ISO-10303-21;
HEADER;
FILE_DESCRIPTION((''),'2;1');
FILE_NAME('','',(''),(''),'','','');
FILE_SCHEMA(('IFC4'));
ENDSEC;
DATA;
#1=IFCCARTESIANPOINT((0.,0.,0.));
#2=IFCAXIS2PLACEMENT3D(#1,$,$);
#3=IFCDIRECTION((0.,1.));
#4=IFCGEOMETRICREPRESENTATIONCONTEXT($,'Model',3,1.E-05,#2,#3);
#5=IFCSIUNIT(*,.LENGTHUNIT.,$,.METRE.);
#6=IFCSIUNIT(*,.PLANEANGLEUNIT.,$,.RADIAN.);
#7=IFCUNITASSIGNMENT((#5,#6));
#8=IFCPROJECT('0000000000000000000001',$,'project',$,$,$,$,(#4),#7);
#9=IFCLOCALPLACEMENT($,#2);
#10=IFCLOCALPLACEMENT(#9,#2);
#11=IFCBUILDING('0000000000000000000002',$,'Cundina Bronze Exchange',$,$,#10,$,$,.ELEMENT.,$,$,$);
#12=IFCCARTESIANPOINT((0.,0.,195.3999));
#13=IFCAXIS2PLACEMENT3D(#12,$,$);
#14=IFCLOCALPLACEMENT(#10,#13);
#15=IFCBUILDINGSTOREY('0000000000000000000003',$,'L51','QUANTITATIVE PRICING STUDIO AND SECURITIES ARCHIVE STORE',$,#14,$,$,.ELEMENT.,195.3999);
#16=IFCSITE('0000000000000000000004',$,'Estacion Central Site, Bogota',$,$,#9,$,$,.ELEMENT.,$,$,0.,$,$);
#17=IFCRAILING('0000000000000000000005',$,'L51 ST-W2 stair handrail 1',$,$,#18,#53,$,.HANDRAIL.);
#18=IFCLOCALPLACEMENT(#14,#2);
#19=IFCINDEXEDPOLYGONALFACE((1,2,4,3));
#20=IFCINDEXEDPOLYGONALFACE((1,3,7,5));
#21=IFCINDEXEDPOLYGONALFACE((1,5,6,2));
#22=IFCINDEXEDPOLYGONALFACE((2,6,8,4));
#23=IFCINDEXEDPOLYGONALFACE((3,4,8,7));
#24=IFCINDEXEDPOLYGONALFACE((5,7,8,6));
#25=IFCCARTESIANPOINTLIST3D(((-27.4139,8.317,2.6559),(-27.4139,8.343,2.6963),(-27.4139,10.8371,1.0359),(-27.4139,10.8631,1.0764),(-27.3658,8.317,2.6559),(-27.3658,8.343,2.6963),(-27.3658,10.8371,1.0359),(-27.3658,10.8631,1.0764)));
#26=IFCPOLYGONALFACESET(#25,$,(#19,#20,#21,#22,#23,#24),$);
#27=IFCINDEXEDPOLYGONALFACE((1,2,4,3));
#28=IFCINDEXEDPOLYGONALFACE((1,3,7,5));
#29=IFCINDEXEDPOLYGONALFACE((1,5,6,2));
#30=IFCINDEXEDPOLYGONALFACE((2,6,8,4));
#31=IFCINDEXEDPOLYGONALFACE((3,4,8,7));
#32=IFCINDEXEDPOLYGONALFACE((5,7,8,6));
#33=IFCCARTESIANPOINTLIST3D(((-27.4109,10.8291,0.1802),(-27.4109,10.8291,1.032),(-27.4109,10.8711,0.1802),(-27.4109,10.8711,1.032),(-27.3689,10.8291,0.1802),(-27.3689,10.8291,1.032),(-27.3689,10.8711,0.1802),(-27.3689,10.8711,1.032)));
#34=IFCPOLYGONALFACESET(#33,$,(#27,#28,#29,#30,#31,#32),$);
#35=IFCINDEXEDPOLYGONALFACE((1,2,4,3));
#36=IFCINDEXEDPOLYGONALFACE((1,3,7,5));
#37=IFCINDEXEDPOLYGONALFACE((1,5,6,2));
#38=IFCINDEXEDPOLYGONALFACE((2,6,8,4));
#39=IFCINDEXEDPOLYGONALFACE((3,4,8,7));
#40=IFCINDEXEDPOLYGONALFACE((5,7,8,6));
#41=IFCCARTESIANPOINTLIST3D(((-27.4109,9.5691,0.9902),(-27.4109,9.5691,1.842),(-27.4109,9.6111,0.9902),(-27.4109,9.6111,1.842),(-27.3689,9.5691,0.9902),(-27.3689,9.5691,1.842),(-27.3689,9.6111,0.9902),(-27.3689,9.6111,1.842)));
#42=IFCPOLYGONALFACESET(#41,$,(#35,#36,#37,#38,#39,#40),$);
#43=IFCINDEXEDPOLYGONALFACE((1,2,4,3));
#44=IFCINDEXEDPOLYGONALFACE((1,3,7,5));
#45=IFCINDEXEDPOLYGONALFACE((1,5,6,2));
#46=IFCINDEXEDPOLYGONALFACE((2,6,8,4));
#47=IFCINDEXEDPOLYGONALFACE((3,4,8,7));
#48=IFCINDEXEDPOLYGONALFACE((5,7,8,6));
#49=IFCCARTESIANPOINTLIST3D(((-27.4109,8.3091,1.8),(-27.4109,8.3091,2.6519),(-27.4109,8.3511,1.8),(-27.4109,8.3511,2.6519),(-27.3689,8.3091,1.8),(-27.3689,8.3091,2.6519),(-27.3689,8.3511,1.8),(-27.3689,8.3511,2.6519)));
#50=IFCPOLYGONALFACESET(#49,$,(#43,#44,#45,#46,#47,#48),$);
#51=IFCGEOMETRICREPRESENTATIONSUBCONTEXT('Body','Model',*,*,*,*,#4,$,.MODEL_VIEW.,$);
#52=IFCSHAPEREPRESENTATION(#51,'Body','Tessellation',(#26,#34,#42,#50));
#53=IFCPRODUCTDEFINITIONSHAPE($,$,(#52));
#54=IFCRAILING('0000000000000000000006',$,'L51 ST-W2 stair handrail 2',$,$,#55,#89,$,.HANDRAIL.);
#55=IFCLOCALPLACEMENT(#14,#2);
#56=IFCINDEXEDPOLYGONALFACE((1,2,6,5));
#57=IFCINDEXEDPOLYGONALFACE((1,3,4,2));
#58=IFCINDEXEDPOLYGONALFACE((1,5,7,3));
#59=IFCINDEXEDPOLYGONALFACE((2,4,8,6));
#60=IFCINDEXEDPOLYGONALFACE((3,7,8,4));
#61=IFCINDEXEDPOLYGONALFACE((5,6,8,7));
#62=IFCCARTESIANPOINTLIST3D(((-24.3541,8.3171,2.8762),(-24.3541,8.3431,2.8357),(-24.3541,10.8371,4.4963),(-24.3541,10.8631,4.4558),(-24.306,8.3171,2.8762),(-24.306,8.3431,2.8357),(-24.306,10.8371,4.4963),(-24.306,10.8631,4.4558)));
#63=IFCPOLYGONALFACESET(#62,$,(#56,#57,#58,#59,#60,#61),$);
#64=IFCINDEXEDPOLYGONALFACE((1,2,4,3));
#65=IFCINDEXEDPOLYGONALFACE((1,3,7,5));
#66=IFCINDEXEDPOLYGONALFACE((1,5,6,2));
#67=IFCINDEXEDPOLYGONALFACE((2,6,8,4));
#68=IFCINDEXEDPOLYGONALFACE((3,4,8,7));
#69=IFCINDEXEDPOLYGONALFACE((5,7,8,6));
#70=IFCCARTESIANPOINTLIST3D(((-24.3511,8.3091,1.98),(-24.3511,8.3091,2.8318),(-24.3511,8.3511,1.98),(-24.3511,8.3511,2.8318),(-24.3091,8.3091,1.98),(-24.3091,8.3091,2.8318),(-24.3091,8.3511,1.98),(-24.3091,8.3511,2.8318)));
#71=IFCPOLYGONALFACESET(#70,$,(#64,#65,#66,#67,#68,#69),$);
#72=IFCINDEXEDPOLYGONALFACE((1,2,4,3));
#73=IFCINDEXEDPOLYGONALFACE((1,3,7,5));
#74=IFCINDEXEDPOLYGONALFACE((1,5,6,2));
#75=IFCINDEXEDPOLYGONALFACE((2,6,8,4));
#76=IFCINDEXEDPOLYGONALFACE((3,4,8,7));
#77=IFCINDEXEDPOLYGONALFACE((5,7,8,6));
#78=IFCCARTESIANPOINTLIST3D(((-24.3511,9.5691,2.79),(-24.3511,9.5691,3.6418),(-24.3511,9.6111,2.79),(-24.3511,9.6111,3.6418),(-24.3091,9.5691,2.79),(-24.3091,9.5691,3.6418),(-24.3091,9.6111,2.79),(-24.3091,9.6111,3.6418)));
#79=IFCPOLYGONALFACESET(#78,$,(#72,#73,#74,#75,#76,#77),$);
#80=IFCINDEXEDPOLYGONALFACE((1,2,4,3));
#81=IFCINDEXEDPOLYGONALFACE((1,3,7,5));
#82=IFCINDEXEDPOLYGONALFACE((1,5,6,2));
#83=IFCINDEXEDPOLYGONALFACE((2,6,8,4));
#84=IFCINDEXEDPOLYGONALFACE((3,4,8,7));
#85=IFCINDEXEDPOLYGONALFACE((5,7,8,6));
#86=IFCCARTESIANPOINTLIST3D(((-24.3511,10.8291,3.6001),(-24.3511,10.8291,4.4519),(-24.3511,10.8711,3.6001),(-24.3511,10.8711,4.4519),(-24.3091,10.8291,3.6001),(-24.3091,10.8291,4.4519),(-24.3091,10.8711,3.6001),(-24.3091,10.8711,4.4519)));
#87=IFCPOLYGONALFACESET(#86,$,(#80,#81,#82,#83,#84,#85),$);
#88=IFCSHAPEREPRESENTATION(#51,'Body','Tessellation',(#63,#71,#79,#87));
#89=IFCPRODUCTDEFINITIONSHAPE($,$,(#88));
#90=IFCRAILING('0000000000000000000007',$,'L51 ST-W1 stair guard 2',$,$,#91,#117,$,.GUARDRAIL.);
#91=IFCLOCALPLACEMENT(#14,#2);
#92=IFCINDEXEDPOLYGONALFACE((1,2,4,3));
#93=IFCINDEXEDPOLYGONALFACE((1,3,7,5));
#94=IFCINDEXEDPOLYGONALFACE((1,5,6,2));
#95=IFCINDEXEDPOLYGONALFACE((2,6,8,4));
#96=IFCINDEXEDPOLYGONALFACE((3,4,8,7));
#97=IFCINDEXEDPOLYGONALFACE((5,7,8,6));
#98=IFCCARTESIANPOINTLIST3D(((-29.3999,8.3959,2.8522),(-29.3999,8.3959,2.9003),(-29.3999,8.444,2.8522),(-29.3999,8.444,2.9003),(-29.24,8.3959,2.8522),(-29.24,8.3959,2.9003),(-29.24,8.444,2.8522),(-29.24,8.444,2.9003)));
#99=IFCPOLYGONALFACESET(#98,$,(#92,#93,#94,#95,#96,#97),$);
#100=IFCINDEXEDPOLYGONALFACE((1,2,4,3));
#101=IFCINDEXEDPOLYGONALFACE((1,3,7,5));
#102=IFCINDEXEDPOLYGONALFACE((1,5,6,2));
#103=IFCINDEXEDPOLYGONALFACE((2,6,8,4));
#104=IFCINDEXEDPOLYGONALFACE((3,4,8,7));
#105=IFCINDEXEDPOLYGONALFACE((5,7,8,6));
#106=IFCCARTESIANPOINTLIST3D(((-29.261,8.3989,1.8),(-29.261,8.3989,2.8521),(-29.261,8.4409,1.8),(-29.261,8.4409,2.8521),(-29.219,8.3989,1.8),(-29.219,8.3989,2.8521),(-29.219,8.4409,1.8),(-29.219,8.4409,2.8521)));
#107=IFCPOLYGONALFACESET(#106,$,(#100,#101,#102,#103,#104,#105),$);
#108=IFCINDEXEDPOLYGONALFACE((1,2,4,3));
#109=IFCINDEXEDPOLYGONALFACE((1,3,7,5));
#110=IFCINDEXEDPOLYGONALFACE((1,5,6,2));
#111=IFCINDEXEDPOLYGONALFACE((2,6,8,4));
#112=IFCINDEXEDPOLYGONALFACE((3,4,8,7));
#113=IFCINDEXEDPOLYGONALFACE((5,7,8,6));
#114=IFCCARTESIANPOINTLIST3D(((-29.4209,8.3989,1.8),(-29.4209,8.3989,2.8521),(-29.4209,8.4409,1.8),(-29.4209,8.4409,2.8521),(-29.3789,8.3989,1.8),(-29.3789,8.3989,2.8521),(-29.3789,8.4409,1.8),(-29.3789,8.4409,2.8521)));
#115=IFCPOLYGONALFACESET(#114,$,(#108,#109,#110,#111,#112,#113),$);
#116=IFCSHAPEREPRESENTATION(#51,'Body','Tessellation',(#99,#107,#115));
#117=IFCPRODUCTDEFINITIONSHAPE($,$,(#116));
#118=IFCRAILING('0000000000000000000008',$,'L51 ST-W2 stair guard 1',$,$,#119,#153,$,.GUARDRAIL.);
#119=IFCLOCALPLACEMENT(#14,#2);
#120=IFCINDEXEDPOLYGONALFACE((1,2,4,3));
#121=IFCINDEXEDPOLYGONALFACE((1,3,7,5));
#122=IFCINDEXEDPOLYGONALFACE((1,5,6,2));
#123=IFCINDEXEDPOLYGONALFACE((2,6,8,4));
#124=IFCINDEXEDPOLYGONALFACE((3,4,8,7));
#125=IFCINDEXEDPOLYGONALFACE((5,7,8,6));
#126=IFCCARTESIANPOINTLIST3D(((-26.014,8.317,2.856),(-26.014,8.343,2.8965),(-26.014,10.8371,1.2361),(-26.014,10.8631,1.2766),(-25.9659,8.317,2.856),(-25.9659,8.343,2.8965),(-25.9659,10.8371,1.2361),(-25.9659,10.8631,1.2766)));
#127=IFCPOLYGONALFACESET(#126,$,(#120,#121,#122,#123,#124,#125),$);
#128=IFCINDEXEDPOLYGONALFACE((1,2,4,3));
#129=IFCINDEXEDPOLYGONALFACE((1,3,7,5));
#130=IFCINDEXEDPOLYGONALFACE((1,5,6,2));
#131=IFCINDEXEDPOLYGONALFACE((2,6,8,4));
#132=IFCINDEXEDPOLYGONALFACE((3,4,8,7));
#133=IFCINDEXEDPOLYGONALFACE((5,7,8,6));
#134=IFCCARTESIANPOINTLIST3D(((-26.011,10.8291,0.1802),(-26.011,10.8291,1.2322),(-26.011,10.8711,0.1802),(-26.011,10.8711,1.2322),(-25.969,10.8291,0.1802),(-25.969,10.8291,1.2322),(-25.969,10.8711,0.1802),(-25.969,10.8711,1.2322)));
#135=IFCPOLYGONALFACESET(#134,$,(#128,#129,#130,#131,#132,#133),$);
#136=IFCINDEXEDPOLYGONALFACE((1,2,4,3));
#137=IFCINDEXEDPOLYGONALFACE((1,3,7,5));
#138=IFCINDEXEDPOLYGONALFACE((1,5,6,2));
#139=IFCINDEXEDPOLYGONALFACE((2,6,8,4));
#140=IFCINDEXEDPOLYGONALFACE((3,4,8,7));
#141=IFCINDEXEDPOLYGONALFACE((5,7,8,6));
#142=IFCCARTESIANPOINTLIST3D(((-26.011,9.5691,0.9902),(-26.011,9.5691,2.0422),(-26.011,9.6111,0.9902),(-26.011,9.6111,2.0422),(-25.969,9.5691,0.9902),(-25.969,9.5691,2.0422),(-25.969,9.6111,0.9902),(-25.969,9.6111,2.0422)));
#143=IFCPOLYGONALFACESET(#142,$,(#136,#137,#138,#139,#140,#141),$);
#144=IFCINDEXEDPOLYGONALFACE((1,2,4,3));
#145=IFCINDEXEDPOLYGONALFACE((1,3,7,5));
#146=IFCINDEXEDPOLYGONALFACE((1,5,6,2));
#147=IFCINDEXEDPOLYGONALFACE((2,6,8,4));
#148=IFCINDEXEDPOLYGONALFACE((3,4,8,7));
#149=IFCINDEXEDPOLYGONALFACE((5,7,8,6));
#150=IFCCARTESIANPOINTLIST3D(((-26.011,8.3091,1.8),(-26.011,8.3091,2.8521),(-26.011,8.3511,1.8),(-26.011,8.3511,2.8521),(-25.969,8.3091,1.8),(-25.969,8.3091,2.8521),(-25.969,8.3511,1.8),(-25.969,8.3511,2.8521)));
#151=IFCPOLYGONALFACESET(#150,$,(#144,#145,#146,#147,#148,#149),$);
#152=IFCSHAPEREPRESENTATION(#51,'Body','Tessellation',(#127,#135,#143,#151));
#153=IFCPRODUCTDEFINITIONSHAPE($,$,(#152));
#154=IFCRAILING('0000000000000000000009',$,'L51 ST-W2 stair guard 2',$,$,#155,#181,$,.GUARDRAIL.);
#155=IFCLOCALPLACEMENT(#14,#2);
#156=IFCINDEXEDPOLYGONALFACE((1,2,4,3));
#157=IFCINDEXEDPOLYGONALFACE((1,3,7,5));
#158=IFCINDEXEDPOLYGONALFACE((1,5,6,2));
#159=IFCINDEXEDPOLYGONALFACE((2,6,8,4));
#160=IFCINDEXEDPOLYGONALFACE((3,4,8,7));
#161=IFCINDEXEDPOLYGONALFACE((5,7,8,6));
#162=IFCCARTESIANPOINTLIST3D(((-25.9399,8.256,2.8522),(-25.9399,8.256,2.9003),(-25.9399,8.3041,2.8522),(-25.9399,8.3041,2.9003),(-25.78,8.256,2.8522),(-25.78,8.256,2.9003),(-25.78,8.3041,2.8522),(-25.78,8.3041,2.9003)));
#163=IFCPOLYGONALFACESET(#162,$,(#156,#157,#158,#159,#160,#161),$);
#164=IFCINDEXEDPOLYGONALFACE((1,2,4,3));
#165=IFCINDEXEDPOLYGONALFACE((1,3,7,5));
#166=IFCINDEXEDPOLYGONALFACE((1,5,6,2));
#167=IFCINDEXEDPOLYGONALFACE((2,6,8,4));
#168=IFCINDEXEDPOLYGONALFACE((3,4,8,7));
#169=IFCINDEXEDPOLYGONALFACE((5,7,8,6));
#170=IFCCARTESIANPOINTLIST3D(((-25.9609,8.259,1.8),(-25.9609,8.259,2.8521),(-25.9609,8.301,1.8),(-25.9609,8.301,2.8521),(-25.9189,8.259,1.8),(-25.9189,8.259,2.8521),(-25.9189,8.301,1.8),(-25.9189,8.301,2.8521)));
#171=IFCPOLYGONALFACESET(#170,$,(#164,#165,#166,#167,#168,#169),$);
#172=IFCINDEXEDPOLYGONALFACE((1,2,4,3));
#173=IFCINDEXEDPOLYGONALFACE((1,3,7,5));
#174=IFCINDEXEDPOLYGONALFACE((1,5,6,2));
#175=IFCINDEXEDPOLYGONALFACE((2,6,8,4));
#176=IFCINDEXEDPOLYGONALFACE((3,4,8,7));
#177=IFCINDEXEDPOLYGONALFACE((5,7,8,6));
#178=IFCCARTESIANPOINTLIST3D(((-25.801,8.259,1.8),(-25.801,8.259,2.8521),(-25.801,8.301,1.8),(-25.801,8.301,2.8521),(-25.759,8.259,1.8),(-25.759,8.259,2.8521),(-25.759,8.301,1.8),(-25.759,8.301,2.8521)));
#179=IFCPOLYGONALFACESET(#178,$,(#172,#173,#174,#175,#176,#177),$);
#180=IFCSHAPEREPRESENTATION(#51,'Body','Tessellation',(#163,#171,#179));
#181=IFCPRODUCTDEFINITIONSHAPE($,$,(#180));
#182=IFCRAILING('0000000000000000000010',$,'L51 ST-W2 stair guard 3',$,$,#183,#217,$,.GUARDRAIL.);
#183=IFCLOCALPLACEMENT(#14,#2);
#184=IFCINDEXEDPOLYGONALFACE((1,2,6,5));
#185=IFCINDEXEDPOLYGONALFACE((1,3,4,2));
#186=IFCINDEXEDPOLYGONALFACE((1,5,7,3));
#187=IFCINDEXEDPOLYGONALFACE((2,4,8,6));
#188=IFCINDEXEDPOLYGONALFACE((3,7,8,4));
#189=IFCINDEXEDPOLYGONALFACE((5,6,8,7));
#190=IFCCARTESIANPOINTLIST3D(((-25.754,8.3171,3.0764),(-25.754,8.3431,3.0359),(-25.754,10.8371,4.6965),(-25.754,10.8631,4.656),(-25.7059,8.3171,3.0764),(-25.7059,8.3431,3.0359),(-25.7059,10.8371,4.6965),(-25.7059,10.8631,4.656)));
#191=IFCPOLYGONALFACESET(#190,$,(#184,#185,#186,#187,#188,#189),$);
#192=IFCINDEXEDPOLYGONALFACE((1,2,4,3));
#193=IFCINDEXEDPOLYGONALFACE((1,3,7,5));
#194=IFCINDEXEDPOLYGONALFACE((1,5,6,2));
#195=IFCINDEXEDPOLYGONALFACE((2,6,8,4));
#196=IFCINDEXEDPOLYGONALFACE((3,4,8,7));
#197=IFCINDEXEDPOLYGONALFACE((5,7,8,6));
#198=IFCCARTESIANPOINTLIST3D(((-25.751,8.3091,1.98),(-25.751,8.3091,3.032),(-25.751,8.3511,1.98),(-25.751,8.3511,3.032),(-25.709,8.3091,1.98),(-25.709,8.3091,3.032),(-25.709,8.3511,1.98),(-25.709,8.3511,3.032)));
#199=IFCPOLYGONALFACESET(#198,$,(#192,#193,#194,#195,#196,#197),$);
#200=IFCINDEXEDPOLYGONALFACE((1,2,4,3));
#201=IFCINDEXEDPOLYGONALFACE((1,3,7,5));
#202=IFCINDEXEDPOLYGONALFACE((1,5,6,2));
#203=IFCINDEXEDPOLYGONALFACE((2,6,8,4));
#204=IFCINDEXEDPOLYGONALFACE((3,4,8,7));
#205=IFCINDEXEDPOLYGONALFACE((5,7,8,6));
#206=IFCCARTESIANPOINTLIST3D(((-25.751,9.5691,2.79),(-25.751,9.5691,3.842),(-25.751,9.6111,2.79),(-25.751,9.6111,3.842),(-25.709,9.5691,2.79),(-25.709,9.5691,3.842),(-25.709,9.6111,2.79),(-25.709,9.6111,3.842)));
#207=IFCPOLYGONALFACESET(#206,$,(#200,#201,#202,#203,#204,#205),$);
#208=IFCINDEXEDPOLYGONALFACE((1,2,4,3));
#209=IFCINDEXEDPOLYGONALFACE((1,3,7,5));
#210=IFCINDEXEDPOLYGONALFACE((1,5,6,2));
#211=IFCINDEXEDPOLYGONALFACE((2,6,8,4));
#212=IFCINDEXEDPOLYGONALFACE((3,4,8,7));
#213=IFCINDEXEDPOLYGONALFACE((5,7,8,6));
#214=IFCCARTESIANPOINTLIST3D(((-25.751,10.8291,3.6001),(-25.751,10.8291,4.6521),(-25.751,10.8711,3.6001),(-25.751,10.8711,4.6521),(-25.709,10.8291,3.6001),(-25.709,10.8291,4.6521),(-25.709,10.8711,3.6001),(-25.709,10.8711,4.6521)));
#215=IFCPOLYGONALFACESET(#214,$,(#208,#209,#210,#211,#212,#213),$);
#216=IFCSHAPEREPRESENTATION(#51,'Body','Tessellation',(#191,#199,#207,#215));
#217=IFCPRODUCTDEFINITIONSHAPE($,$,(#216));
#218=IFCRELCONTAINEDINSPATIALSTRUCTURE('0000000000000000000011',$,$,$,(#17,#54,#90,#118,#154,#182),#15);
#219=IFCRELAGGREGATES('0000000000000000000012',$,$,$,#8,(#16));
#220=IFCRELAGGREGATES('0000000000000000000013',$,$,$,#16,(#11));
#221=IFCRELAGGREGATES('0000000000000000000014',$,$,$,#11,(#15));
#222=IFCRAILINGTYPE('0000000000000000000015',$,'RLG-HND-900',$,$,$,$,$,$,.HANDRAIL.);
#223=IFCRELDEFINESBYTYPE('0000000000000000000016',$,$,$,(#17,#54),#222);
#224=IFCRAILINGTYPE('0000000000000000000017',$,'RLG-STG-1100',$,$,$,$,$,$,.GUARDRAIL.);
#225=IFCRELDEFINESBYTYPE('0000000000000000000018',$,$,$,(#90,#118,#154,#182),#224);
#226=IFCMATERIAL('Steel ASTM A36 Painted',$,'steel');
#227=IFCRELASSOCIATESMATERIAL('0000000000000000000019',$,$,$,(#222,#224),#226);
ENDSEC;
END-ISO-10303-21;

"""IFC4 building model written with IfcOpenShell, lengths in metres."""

from ifc_helpers import new_model, si_unit, direction, frame, origin, origin_2d, place, context, subcontext, project, spatial, rectangle, extrude, material, type_object, element, save


model = new_model("IFC4")

# Units and contexts
model_context = context("Model", 3, precision=1e-05, world=origin(), true_north=direction((0.0, 1.0)))
body_context = subcontext(model_context, "Body", "Model", "MODEL_VIEW")
ifc_project = project(units=[si_unit("LENGTHUNIT", "METRE"), si_unit("PLANEANGLEUNIT", "RADIAN")], contexts=[model_context])

# Site, building, storey
site_placement = place(None, origin())
site = spatial("IfcSite", under=ifc_project, at=site_placement, Name="Estacion Central Site, Bogota", CompositionType="ELEMENT", RefElevation=0.0)
building_placement = place(site_placement, origin())
building = spatial("IfcBuilding", under=site, at=building_placement, Name="Cundina Bronze Exchange", CompositionType="ELEMENT")
storey_placement = place(building_placement, frame((0.0, 0.0, 195.3999)))
storey = spatial("IfcBuildingStorey", under=building, at=storey_placement, Name="L51", Description="QUANTITATIVE PRICING STUDIO AND SECURITIES ARCHIVE STORE", CompositionType="ELEMENT", Elevation=195.3999)

# Shared definitions
ifc_material_1 = material(Name="Steel ASTM A36 Painted", Category="steel")

# Railings
railing_type_1 = type_object("IfcRailingType", Name="RLG-HND-900", PredefinedType="HANDRAIL", material=ifc_material_1)
railing_1_placement = place(storey_placement, frame((-27.3899, 10.8501, 0.1802)))
element("IfcRailing", 1, at=railing_1_placement, inside=storey, type_object=railing_type_1, Name="L51 ST-W2 stair handrail 1", PredefinedType="HANDRAIL", context=body_context, shape_type="SweptSolid", body=[
    extrude(rectangle(XDim=0.0481, YDim=0.0481, at=origin_2d()), frame((0.0, 0.0, 0.876), z_axis=(0.0, -0.8412, 0.540725), x_axis=(1.0, 0.0, 0.0)), (0.0, 0.0, 1.0), 2.9958),
    extrude(rectangle(XDim=0.042, YDim=0.042, at=origin_2d()), origin(), (0.0, 0.0, 1.0), 0.8518),
    extrude(rectangle(XDim=0.042, YDim=0.042, at=origin_2d()), frame((0.0, -1.26, 0.8101)), (0.0, 0.0, 1.0), 0.8518),
    extrude(rectangle(XDim=0.042, YDim=0.042, at=origin_2d()), frame((0.0, -2.52, 1.6199)), (0.0, 0.0, 1.0), 0.8518),
])
railing_2_placement = place(storey_placement, frame((-24.3301, 8.3301, 1.98)))
element("IfcRailing", 2, at=railing_2_placement, inside=storey, type_object=railing_type_1, Name="L51 ST-W2 stair handrail 2", PredefinedType="HANDRAIL", context=body_context, shape_type="SweptSolid", body=[
    extrude(rectangle(XDim=0.0481, YDim=0.0481, at=origin_2d()), frame((0.0, 0.0, 0.876), z_axis=(0.0, 0.841163, 0.540782), x_axis=(-1.0, 0.0, 0.0)), (0.0, 0.0, 1.0), 2.9958),
    extrude(rectangle(XDim=0.042, YDim=0.042, at=origin_2d()), origin(), (0.0, 0.0, 1.0), 0.8518),
    extrude(rectangle(XDim=0.042, YDim=0.042, at=origin_2d()), frame((0.0, 1.26, 0.8101)), (0.0, 0.0, 1.0), 0.8518),
    extrude(rectangle(XDim=0.042, YDim=0.042, at=origin_2d()), frame((0.0, 2.52, 1.6201)), (0.0, 0.0, 1.0), 0.8518),
])
railing_type_2 = type_object("IfcRailingType", Name="RLG-STG-1100", PredefinedType="GUARDRAIL", material=ifc_material_1)
railing_3_placement = place(storey_placement, frame((-29.24, 8.4199, 1.8)))
element("IfcRailing", 3, at=railing_3_placement, inside=storey, type_object=railing_type_2, Name="L51 ST-W1 stair guard 2", PredefinedType="GUARDRAIL", context=body_context, shape_type="SweptSolid", body=[
    extrude(rectangle(XDim=0.0481, YDim=0.0481, at=origin_2d()), frame((0.0, 0.0, 1.0762), z_axis=(-1.0, 0.0, 0.0), x_axis=(0.0, -1.0, 0.0)), (0.0, 0.0, 1.0), 0.1599),
    extrude(rectangle(XDim=0.042, YDim=0.042, at=origin_2d()), origin(), (0.0, 0.0, 1.0), 1.052),
    extrude(rectangle(XDim=0.042, YDim=0.042, at=origin_2d()), frame((-0.1599, 0.0, 0.0)), (0.0, 0.0, 1.0), 1.052),
])
railing_4_placement = place(storey_placement, frame((-25.99, 10.8501, 0.1802)))
element("IfcRailing", 4, at=railing_4_placement, inside=storey, type_object=railing_type_2, Name="L51 ST-W2 stair guard 1", PredefinedType="GUARDRAIL", context=body_context, shape_type="SweptSolid", body=[
    extrude(rectangle(XDim=0.0481, YDim=0.0481, at=origin_2d()), frame((0.0, 0.0, 1.0762), z_axis=(0.0, -0.8412, 0.540725), x_axis=(1.0, 0.0, 0.0)), (0.0, 0.0, 1.0), 2.9958),
    extrude(rectangle(XDim=0.042, YDim=0.042, at=origin_2d()), origin(), (0.0, 0.0, 1.0), 1.052),
    extrude(rectangle(XDim=0.042, YDim=0.042, at=origin_2d()), frame((0.0, -1.26, 0.8101)), (0.0, 0.0, 1.0), 1.052),
    extrude(rectangle(XDim=0.042, YDim=0.042, at=origin_2d()), frame((0.0, -2.52, 1.6199)), (0.0, 0.0, 1.0), 1.052),
])
railing_5_placement = place(storey_placement, frame((-25.9399, 8.28, 1.8)))
element("IfcRailing", 5, at=railing_5_placement, inside=storey, type_object=railing_type_2, Name="L51 ST-W2 stair guard 2", PredefinedType="GUARDRAIL", context=body_context, shape_type="SweptSolid", body=[
    extrude(rectangle(XDim=0.0481, YDim=0.0481, at=origin_2d()), frame((0.0, 0.0, 1.0762), z_axis=(1.0, 0.0, 0.0), x_axis=(0.0, 1.0, 0.0)), (0.0, 0.0, 1.0), 0.1599),
    extrude(rectangle(XDim=0.042, YDim=0.042, at=origin_2d()), origin(), (0.0, 0.0, 1.0), 1.052),
    extrude(rectangle(XDim=0.042, YDim=0.042, at=origin_2d()), frame((0.1599, 0.0, 0.0)), (0.0, 0.0, 1.0), 1.052),
])
railing_6_placement = place(storey_placement, frame((-25.73, 8.3301, 1.98)))
element("IfcRailing", 6, at=railing_6_placement, inside=storey, type_object=railing_type_2, Name="L51 ST-W2 stair guard 3", PredefinedType="GUARDRAIL", context=body_context, shape_type="SweptSolid", body=[
    extrude(rectangle(XDim=0.0481, YDim=0.0481, at=origin_2d()), frame((0.0, 0.0, 1.0762), z_axis=(0.0, 0.841163, 0.540782), x_axis=(-1.0, 0.0, 0.0)), (0.0, 0.0, 1.0), 2.9958),
    extrude(rectangle(XDim=0.042, YDim=0.042, at=origin_2d()), origin(), (0.0, 0.0, 1.0), 1.052),
    extrude(rectangle(XDim=0.042, YDim=0.042, at=origin_2d()), frame((0.0, 1.26, 0.8101)), (0.0, 0.0, 1.0), 1.052),
    extrude(rectangle(XDim=0.042, YDim=0.042, at=origin_2d()), frame((0.0, 2.52, 1.6201)), (0.0, 0.0, 1.0), 1.052),
])

save(model, "model.ifc")
